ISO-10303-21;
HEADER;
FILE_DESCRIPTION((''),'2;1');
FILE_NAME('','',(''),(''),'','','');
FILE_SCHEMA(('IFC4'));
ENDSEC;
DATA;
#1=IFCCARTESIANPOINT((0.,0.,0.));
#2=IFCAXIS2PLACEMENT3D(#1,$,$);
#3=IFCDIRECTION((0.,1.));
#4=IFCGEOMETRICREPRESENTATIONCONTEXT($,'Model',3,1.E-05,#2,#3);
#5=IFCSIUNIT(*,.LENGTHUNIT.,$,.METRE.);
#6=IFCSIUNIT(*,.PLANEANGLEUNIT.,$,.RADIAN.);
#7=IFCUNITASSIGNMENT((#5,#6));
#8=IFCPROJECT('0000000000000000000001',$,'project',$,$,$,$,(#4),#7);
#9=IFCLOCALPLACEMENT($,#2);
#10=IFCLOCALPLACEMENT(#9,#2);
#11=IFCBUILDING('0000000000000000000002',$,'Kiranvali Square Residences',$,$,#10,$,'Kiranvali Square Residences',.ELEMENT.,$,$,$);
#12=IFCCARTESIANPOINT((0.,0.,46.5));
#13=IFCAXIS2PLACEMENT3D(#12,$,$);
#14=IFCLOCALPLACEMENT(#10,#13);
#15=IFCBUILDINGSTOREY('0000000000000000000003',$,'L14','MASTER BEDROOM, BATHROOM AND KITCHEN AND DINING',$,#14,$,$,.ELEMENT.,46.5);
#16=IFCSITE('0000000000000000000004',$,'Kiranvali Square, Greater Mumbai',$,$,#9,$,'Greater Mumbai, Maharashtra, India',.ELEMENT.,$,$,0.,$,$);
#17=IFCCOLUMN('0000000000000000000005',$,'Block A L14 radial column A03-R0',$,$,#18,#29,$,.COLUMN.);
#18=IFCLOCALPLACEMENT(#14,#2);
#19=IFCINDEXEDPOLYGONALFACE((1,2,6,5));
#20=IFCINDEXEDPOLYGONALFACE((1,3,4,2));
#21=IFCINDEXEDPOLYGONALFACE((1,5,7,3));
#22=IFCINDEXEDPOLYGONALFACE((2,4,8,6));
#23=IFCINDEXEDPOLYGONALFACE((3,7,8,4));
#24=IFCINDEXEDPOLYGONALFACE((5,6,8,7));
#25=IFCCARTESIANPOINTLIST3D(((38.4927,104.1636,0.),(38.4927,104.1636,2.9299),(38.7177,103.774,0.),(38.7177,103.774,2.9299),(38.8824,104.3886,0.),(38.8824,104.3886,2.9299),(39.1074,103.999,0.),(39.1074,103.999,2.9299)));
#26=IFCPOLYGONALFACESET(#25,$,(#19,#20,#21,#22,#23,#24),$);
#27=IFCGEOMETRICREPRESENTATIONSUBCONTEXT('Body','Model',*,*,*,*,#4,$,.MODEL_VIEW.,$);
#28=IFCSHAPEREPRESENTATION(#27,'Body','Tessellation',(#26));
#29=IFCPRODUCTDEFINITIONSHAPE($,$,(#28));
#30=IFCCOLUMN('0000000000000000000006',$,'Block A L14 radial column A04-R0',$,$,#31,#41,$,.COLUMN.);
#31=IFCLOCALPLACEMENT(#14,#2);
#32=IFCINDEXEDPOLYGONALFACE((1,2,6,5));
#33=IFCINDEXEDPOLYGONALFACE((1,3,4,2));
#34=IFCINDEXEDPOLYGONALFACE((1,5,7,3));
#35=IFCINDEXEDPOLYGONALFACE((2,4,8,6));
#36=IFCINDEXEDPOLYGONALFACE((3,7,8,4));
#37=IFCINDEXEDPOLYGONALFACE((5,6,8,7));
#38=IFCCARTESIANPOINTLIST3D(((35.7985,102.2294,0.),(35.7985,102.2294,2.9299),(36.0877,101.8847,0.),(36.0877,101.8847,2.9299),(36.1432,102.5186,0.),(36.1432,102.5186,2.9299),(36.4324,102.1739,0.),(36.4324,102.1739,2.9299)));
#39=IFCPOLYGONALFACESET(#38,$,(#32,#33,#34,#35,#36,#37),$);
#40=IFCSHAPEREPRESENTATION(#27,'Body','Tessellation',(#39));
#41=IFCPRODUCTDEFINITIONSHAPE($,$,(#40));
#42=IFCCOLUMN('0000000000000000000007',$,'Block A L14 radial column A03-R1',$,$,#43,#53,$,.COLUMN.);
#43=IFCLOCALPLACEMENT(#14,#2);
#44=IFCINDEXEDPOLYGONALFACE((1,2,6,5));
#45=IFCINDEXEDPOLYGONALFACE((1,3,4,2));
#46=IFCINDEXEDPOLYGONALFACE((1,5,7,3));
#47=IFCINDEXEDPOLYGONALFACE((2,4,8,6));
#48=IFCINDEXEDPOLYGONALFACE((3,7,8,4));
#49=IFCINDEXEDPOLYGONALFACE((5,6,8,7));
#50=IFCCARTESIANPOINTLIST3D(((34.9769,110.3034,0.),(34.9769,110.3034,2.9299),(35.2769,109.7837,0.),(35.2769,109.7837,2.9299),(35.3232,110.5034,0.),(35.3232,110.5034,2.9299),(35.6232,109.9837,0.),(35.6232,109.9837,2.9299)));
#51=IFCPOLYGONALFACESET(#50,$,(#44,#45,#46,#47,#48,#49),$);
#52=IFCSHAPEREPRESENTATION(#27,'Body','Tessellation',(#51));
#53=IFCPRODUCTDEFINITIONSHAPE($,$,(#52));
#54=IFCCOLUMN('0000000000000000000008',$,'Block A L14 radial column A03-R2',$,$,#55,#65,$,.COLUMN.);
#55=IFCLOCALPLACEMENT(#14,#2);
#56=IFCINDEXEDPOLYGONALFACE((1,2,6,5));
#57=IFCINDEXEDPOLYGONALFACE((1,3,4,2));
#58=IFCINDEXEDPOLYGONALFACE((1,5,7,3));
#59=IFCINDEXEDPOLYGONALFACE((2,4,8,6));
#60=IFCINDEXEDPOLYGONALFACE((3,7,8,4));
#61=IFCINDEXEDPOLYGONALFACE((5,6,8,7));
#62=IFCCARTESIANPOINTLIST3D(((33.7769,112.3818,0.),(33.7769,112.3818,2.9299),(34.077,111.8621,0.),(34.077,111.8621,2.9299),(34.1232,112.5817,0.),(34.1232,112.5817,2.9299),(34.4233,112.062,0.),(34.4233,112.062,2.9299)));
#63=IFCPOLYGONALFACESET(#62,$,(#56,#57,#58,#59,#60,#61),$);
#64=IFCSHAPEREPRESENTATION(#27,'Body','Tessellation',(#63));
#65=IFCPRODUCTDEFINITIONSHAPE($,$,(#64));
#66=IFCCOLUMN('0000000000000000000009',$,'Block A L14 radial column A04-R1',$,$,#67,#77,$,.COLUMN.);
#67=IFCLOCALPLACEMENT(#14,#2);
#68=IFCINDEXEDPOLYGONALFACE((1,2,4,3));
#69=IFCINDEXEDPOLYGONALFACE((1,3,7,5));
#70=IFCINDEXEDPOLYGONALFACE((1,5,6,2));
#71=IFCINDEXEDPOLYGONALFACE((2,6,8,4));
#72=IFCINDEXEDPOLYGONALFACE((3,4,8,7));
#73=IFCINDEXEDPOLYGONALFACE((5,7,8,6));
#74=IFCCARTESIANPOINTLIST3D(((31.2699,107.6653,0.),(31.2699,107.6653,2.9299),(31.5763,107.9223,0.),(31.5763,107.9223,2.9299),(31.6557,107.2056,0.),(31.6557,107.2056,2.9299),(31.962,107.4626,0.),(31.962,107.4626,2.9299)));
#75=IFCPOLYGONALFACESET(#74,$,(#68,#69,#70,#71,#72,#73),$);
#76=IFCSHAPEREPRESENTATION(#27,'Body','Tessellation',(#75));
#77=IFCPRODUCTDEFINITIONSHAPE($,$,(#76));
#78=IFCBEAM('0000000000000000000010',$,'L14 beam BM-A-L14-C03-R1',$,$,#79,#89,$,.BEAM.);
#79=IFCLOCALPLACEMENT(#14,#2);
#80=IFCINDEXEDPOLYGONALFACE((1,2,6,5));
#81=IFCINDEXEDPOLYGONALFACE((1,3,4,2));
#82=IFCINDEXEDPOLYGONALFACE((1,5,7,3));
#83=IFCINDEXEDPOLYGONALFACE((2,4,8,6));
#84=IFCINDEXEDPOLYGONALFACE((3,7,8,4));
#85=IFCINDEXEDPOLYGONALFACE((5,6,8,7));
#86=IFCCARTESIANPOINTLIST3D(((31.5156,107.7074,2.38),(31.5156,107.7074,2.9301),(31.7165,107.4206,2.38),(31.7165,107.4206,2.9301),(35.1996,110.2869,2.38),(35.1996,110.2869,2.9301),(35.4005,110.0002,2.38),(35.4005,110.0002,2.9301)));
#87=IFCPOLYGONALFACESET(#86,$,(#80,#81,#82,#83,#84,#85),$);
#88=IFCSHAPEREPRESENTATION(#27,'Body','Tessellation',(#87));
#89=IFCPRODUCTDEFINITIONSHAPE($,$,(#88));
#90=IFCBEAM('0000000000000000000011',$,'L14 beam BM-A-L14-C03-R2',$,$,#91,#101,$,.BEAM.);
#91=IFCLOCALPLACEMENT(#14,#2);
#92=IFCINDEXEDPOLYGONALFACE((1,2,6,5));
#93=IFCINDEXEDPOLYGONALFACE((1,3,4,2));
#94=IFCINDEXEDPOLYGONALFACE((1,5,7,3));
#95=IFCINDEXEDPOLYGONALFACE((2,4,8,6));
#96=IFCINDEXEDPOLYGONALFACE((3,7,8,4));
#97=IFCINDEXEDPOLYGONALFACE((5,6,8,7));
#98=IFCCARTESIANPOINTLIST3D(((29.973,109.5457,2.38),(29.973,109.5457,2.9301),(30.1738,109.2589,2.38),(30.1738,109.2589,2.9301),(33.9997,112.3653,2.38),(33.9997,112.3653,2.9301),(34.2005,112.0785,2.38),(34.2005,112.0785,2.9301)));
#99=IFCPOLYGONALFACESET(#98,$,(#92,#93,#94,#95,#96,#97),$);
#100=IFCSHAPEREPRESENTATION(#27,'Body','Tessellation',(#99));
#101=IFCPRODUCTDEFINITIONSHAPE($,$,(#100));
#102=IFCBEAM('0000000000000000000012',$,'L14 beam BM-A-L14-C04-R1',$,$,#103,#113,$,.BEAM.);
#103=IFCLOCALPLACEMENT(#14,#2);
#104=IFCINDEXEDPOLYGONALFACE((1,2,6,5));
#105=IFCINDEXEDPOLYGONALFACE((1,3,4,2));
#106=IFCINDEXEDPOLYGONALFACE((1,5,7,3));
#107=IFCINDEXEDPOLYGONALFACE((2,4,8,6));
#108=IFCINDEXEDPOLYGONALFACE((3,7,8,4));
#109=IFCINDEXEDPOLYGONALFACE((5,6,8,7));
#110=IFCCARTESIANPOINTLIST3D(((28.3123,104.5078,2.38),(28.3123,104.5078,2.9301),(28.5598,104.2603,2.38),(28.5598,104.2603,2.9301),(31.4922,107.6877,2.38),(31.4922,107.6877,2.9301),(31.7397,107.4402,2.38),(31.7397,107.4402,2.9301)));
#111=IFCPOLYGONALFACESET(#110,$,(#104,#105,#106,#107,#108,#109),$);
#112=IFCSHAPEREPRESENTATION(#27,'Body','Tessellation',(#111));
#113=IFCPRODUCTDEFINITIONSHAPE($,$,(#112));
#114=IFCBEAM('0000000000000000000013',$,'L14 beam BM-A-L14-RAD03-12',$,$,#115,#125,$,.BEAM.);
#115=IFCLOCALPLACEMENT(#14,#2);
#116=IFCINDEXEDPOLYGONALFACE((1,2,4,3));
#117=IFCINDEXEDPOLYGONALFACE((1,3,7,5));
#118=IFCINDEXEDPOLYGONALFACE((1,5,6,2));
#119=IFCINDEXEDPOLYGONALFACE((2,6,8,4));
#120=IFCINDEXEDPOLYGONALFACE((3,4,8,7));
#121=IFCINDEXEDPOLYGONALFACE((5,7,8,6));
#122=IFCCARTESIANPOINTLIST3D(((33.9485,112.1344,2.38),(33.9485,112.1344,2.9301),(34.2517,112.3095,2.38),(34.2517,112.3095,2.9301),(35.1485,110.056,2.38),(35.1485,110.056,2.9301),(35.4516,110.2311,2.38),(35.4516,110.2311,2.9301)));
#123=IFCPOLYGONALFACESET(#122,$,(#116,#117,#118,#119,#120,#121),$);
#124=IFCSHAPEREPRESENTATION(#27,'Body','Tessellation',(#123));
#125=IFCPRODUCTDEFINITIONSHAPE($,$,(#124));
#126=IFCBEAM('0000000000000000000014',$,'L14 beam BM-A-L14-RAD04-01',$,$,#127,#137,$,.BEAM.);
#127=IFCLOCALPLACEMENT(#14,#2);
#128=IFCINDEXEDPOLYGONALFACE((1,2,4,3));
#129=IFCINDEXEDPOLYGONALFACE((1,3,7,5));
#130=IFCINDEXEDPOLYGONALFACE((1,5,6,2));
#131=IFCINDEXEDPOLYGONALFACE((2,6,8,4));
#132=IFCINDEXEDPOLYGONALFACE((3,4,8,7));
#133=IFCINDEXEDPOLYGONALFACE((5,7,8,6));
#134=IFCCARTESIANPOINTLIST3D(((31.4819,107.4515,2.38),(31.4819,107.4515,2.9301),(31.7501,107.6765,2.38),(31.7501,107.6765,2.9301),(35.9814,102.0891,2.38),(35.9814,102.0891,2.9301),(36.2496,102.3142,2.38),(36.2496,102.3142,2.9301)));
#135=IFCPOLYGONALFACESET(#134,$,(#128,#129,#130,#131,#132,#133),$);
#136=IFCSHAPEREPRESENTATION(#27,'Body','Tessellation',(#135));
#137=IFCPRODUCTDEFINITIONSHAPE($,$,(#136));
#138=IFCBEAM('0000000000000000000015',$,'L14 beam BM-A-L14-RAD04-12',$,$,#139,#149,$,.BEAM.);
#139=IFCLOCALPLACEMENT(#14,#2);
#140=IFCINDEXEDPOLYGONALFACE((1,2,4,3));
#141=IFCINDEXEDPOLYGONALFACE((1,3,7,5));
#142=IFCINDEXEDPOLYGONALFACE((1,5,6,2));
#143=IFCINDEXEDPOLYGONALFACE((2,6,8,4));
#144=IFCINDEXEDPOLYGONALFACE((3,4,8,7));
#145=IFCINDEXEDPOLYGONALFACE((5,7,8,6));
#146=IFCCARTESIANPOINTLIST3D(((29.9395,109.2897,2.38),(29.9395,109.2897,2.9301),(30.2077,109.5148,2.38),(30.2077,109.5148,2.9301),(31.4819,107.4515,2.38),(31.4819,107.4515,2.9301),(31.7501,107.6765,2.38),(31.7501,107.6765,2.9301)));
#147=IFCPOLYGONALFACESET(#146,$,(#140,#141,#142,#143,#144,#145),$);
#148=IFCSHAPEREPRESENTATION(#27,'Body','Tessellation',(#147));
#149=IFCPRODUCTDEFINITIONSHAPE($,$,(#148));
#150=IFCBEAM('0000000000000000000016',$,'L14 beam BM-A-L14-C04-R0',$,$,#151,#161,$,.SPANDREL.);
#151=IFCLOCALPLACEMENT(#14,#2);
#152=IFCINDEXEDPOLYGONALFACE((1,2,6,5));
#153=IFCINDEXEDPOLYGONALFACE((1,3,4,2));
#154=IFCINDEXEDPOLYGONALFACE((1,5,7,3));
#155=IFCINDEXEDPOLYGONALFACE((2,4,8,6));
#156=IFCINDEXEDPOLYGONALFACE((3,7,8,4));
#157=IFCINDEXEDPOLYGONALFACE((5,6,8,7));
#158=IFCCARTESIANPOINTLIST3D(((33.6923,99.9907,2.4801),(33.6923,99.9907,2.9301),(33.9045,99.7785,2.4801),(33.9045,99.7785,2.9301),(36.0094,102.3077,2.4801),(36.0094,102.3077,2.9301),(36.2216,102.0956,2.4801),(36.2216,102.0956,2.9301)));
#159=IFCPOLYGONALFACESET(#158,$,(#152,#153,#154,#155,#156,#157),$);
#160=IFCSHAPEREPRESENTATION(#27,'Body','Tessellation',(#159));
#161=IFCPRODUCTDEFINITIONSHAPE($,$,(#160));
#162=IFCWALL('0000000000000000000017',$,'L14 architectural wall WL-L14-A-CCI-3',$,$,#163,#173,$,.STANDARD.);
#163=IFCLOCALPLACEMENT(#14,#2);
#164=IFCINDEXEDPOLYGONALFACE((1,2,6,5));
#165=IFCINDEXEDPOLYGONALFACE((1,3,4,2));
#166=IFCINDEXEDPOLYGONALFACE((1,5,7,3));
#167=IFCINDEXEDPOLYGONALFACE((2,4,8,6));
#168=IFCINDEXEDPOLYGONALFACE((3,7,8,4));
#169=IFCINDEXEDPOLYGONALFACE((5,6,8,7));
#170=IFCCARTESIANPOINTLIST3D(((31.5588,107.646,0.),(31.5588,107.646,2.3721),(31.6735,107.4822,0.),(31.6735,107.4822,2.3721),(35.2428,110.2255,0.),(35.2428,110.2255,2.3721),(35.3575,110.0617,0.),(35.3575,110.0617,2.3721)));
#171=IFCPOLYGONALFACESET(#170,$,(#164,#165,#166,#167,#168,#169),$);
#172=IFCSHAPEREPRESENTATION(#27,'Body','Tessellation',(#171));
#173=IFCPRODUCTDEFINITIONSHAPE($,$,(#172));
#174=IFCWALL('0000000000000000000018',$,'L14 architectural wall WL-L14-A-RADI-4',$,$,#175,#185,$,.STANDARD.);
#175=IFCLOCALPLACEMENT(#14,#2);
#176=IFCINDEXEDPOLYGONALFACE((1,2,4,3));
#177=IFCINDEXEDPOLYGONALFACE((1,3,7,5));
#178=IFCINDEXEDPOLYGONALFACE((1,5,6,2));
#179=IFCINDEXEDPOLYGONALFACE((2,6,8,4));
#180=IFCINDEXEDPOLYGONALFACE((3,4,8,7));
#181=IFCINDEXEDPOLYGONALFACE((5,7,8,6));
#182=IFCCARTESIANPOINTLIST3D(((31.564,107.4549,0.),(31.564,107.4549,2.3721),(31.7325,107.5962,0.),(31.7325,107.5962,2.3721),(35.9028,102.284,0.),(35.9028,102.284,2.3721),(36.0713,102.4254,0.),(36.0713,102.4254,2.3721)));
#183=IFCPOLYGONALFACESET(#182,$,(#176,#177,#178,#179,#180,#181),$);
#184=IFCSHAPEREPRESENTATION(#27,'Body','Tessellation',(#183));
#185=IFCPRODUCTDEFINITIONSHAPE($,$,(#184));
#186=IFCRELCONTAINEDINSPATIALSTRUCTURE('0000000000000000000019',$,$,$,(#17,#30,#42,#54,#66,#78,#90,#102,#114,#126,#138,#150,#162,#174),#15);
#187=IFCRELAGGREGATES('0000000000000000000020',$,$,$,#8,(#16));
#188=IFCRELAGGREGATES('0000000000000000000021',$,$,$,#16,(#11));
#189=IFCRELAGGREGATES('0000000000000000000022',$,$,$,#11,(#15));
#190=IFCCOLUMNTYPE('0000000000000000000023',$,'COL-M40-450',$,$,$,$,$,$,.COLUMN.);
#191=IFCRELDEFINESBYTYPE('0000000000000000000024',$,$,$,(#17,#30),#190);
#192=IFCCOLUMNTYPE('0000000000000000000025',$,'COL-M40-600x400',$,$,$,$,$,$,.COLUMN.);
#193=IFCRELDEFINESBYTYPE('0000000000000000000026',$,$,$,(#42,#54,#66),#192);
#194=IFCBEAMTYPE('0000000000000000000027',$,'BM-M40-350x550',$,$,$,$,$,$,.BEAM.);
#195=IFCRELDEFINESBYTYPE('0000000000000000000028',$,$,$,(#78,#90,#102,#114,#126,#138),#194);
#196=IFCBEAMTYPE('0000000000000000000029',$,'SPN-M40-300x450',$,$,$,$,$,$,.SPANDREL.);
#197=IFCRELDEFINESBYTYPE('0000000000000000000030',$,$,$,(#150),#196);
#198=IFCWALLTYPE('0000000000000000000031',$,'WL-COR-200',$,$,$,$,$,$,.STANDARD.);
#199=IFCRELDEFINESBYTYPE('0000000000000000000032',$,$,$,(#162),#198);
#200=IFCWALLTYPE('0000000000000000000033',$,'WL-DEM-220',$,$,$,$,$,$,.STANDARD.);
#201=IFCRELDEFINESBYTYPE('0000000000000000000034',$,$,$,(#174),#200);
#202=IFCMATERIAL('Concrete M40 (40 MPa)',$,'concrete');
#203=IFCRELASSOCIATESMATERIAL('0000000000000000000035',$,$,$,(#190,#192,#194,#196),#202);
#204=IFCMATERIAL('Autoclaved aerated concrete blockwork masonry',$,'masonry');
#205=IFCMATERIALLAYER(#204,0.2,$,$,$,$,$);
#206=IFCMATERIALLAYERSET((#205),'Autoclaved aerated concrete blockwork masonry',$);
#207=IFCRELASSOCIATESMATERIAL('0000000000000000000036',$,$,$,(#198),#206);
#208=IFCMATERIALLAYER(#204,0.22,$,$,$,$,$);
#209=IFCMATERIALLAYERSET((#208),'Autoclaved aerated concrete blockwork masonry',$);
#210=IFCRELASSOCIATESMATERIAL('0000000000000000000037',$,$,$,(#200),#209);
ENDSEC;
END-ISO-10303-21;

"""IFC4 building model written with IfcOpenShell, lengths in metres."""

from ifc_helpers import new_model, si_unit, direction, frame, frame_2d, origin, origin_2d, place, context, subcontext, project, spatial, rectangle, extrude, material, layer, layer_set, material_profile, profile_set, type_object, element, save


model = new_model("IFC4")

# Units and contexts
model_context = context("Model", 3, precision=1e-05, world=origin(), true_north=direction((0.0, 1.0)))
body_context = subcontext(model_context, "Body", "Model", "MODEL_VIEW")
ifc_project = project(units=[si_unit("LENGTHUNIT", "METRE"), si_unit("PLANEANGLEUNIT", "RADIAN")], contexts=[model_context])

# Site, building, storey
site_placement = place(None, origin())
site = spatial("IfcSite", under=ifc_project, at=site_placement, Name="Kiranvali Square, Greater Mumbai", LongName="Greater Mumbai, Maharashtra, India", CompositionType="ELEMENT", RefElevation=0.0)
building_placement = place(site_placement, origin())
building = spatial("IfcBuilding", under=site, at=building_placement, Name="Kiranvali Square Residences", LongName="Kiranvali Square Residences", CompositionType="ELEMENT")
storey_placement = place(building_placement, frame((0.0, 0.0, 46.5)))
storey = spatial("IfcBuildingStorey", under=building, at=storey_placement, Name="L14", Description="MASTER BEDROOM, BATHROOM AND KITCHEN AND DINING", CompositionType="ELEMENT", Elevation=46.5)

# Columns
ifc_material_1 = material(Name="Concrete M40 (40 MPa)", Category="concrete")
ifc_material_profile_1 = material_profile(ifc_material_1, rectangle(XDim=0.45, YDim=0.45, at=origin_2d()), Name="RC 450x450")
ifc_profile_set_1 = profile_set([ifc_material_profile_1], Name="Concrete M40 (40 MPa)")
column_type_1 = type_object("IfcColumnType", Name="COL-M40-450", PredefinedType="COLUMN", material=ifc_profile_set_1)
for number, where, z_axis, x_axis, name in (
    (1, (38.8, 104.0813, 0.0), (0.0, 0.0, 1.0), (0.866025, 0.5, 0.0), "Block A L14 radial column A03-R0"),
    (2, (36.1155, 102.2017, 0.0), (0.0, 0.0, 1.0), (0.766044, 0.642788, 0.0), "Block A L14 radial column A04-R0"),
):
    element("IfcColumn", number, at=place(storey_placement, frame(where, z_axis=z_axis, x_axis=x_axis)), inside=storey, type_object=column_type_1, Name=name, PredefinedType="COLUMN", context=body_context, shape_type="SweptSolid", body=[
        extrude(rectangle(XDim=0.45, YDim=0.45, at=origin_2d()), origin(), (0.0, 0.0, 1.0), 2.9299),
    ])
ifc_material_profile_2 = material_profile(ifc_material_1, rectangle(XDim=0.3999, YDim=0.6001, at=origin_2d()), Name="RC 600x400")
ifc_profile_set_2 = profile_set([ifc_material_profile_2], Name="Concrete M40 (40 MPa)")
column_type_2 = type_object("IfcColumnType", Name="COL-M40-600x400", PredefinedType="COLUMN", material=ifc_profile_set_2)
for number, where, z_axis, x_axis, name in (
    (3, (35.3, 110.1436, 0.0), (0.0, 0.0, 1.0), (0.866025, 0.5, 0.0), "Block A L14 radial column A03-R1"),
    (4, (34.1001, 112.2219, 0.0), (0.0, 0.0, 1.0), (0.866025, 0.5, 0.0), "Block A L14 radial column A03-R2"),
    (5, (31.616, 107.564, 0.0), (0.0, 0.0, 1.0), (0.766044, 0.642788, 0.0), "Block A L14 radial column A04-R1"),
):
    element("IfcColumn", number, at=place(storey_placement, frame(where, z_axis=z_axis, x_axis=x_axis)), inside=storey, type_object=column_type_2, Name=name, PredefinedType="COLUMN", context=body_context, shape_type="SweptSolid", body=[
        extrude(rectangle(XDim=0.3999, YDim=0.6001, at=origin_2d()), origin(), (0.0, 0.0, 1.0), 2.9299),
    ])

# Beams
ifc_material_profile_3 = material_profile(ifc_material_1, rectangle(XDim=0.3501, YDim=0.55, at=origin_2d()), Name="RC 350x550")
ifc_profile_set_3 = profile_set([ifc_material_profile_3], Name="Concrete M40 (40 MPa)")
beam_type_1 = type_object("IfcBeamType", Name="BM-M40-350x550", PredefinedType="BEAM", material=ifc_profile_set_3)
beam_1_placement = place(storey_placement, frame((35.3, 110.1436, 2.655), z_axis=(-0.819155, -0.573572, 0.0), x_axis=(0.573572, -0.819155, 0.0)))
element("IfcBeam", 6, at=beam_1_placement, inside=storey, type_object=beam_type_1, Name="L14 beam BM-A-L14-C03-R1", PredefinedType="BEAM", context=body_context, shape_type="SweptSolid", body=[
    extrude(rectangle(XDim=0.3501, YDim=0.55, at=origin_2d()), origin(), (0.0, 0.0, 1.0), 4.4973),
])
beam_2_placement = place(storey_placement, frame((34.1001, 112.2219, 2.655), z_axis=(-0.819141, -0.573592, 0.0), x_axis=(0.573592, -0.819141, 0.0)))
element("IfcBeam", 7, at=beam_2_placement, inside=storey, type_object=beam_type_1, Name="L14 beam BM-A-L14-C03-R2", PredefinedType="BEAM", context=body_context, shape_type="SweptSolid", body=[
    extrude(rectangle(XDim=0.3501, YDim=0.55, at=origin_2d()), origin(), (0.0, 0.0, 1.0), 4.9158),
])
beam_3_placement = place(storey_placement, frame((31.616, 107.564, 2.655), z_axis=(-0.707107, -0.707107, 0.0), x_axis=(0.707107, -0.707107, 0.0)))
element("IfcBeam", 8, at=beam_3_placement, inside=storey, type_object=beam_type_1, Name="L14 beam BM-A-L14-C04-R1", PredefinedType="BEAM", context=body_context, shape_type="SweptSolid", body=[
    extrude(rectangle(XDim=0.3501, YDim=0.55, at=origin_2d()), origin(), (0.0, 0.0, 1.0), 4.4971),
])
beam_4_placement = place(storey_placement, frame((35.3, 110.1436, 2.655), z_axis=(-0.500001, 0.866025, 0.0), x_axis=(-0.866025, -0.500001, 0.0)))
element("IfcBeam", 9, at=beam_4_placement, inside=storey, type_object=beam_type_1, Name="L14 beam BM-A-L14-RAD03-12", PredefinedType="BEAM", context=body_context, shape_type="SweptSolid", body=[
    extrude(rectangle(XDim=0.3501, YDim=0.55, at=origin_2d()), origin(), (0.0, 0.0, 1.0), 2.3999),
])
beam_5_placement = place(storey_placement, frame((36.1155, 102.2017, 2.655), z_axis=(-0.642788, 0.766044, 0.0), x_axis=(-0.766044, -0.642788, 0.0)))
element("IfcBeam", 10, at=beam_5_placement, inside=storey, type_object=beam_type_1, Name="L14 beam BM-A-L14-RAD04-01", PredefinedType="BEAM", context=body_context, shape_type="SweptSolid", body=[
    extrude(rectangle(XDim=0.3501, YDim=0.55, at=origin_2d()), origin(), (0.0, 0.0, 1.0), 7.0),
])
beam_6_placement = place(storey_placement, frame((31.616, 107.564, 2.655), z_axis=(-0.642763, 0.766065, 0.0), x_axis=(-0.766065, -0.642763, 0.0)))
element("IfcBeam", 11, at=beam_6_placement, inside=storey, type_object=beam_type_1, Name="L14 beam BM-A-L14-RAD04-12", PredefinedType="BEAM", context=body_context, shape_type="SweptSolid", body=[
    extrude(rectangle(XDim=0.3501, YDim=0.55, at=origin_2d()), origin(), (0.0, 0.0, 1.0), 2.3997),
])
ifc_material_profile_4 = material_profile(ifc_material_1, rectangle(XDim=0.3, YDim=0.45, at=origin_2d()), Name="RC 300x450")
ifc_profile_set_4 = profile_set([ifc_material_profile_4], Name="Concrete M40 (40 MPa)")
beam_type_2 = type_object("IfcBeamType", Name="SPN-M40-300x450", PredefinedType="SPANDREL", material=ifc_profile_set_4)
beam_7_placement = place(storey_placement, frame((36.1155, 102.2017, 2.7051), z_axis=(-0.707107, -0.707107, 0.0), x_axis=(0.707107, -0.707107, 0.0)))
element("IfcBeam", 12, at=beam_7_placement, inside=storey, type_object=beam_type_2, Name="L14 beam BM-A-L14-C04-R0", PredefinedType="SPANDREL", context=body_context, shape_type="SweptSolid", body=[
    extrude(rectangle(XDim=0.3, YDim=0.45, at=origin_2d()), origin(), (0.0, 0.0, 1.0), 3.2769),
])

# Wall
ifc_material_2 = material(Name="Autoclaved aerated concrete blockwork masonry", Category="masonry")
ifc_layer_1 = layer(ifc_material_2, 0.2)
ifc_layer_set_1 = layer_set([ifc_layer_1], Name="Autoclaved aerated concrete blockwork masonry")
wall_type_1 = type_object("IfcWallType", Name="WL-COR-200", PredefinedType="STANDARD", material=ifc_layer_set_1)
wall_1_placement = place(storey_placement, frame((35.3, 110.1436, 0.0), z_axis=(0.0, 0.0, 1.0), x_axis=(-0.819155, -0.573572, 0.0)))
element("IfcWall", 13, at=wall_1_placement, inside=storey, type_object=wall_type_1, Name="L14 architectural wall WL-L14-A-CCI-3", PredefinedType="STANDARD", context=body_context, shape_type="SweptSolid", body=[
    extrude(rectangle(XDim=4.4973, YDim=0.2, at=frame_2d((2.2485, 0.0))), origin(), (0.0, 0.0, 1.0), 2.3721),
])

# Wall
ifc_layer_2 = layer(ifc_material_2, 0.22)
ifc_layer_set_2 = layer_set([ifc_layer_2], Name="Autoclaved aerated concrete blockwork masonry")
wall_type_2 = type_object("IfcWallType", Name="WL-DEM-220", PredefinedType="STANDARD", material=ifc_layer_set_2)
wall_2_placement = place(storey_placement, frame((35.9871, 102.3547, 0.0), z_axis=(0.0, 0.0, 1.0), x_axis=(-0.642785, 0.766047, 0.0)))
element("IfcWall", 14, at=wall_2_placement, inside=storey, type_object=wall_type_2, Name="L14 architectural wall WL-L14-A-RADI-4", PredefinedType="STANDARD", context=body_context, shape_type="SweptSolid", body=[
    extrude(rectangle(XDim=6.75, YDim=0.22, at=frame_2d((3.375, 0.0))), origin(), (0.0, 0.0, 1.0), 2.3721),
])

save(model, "model.ifc")
